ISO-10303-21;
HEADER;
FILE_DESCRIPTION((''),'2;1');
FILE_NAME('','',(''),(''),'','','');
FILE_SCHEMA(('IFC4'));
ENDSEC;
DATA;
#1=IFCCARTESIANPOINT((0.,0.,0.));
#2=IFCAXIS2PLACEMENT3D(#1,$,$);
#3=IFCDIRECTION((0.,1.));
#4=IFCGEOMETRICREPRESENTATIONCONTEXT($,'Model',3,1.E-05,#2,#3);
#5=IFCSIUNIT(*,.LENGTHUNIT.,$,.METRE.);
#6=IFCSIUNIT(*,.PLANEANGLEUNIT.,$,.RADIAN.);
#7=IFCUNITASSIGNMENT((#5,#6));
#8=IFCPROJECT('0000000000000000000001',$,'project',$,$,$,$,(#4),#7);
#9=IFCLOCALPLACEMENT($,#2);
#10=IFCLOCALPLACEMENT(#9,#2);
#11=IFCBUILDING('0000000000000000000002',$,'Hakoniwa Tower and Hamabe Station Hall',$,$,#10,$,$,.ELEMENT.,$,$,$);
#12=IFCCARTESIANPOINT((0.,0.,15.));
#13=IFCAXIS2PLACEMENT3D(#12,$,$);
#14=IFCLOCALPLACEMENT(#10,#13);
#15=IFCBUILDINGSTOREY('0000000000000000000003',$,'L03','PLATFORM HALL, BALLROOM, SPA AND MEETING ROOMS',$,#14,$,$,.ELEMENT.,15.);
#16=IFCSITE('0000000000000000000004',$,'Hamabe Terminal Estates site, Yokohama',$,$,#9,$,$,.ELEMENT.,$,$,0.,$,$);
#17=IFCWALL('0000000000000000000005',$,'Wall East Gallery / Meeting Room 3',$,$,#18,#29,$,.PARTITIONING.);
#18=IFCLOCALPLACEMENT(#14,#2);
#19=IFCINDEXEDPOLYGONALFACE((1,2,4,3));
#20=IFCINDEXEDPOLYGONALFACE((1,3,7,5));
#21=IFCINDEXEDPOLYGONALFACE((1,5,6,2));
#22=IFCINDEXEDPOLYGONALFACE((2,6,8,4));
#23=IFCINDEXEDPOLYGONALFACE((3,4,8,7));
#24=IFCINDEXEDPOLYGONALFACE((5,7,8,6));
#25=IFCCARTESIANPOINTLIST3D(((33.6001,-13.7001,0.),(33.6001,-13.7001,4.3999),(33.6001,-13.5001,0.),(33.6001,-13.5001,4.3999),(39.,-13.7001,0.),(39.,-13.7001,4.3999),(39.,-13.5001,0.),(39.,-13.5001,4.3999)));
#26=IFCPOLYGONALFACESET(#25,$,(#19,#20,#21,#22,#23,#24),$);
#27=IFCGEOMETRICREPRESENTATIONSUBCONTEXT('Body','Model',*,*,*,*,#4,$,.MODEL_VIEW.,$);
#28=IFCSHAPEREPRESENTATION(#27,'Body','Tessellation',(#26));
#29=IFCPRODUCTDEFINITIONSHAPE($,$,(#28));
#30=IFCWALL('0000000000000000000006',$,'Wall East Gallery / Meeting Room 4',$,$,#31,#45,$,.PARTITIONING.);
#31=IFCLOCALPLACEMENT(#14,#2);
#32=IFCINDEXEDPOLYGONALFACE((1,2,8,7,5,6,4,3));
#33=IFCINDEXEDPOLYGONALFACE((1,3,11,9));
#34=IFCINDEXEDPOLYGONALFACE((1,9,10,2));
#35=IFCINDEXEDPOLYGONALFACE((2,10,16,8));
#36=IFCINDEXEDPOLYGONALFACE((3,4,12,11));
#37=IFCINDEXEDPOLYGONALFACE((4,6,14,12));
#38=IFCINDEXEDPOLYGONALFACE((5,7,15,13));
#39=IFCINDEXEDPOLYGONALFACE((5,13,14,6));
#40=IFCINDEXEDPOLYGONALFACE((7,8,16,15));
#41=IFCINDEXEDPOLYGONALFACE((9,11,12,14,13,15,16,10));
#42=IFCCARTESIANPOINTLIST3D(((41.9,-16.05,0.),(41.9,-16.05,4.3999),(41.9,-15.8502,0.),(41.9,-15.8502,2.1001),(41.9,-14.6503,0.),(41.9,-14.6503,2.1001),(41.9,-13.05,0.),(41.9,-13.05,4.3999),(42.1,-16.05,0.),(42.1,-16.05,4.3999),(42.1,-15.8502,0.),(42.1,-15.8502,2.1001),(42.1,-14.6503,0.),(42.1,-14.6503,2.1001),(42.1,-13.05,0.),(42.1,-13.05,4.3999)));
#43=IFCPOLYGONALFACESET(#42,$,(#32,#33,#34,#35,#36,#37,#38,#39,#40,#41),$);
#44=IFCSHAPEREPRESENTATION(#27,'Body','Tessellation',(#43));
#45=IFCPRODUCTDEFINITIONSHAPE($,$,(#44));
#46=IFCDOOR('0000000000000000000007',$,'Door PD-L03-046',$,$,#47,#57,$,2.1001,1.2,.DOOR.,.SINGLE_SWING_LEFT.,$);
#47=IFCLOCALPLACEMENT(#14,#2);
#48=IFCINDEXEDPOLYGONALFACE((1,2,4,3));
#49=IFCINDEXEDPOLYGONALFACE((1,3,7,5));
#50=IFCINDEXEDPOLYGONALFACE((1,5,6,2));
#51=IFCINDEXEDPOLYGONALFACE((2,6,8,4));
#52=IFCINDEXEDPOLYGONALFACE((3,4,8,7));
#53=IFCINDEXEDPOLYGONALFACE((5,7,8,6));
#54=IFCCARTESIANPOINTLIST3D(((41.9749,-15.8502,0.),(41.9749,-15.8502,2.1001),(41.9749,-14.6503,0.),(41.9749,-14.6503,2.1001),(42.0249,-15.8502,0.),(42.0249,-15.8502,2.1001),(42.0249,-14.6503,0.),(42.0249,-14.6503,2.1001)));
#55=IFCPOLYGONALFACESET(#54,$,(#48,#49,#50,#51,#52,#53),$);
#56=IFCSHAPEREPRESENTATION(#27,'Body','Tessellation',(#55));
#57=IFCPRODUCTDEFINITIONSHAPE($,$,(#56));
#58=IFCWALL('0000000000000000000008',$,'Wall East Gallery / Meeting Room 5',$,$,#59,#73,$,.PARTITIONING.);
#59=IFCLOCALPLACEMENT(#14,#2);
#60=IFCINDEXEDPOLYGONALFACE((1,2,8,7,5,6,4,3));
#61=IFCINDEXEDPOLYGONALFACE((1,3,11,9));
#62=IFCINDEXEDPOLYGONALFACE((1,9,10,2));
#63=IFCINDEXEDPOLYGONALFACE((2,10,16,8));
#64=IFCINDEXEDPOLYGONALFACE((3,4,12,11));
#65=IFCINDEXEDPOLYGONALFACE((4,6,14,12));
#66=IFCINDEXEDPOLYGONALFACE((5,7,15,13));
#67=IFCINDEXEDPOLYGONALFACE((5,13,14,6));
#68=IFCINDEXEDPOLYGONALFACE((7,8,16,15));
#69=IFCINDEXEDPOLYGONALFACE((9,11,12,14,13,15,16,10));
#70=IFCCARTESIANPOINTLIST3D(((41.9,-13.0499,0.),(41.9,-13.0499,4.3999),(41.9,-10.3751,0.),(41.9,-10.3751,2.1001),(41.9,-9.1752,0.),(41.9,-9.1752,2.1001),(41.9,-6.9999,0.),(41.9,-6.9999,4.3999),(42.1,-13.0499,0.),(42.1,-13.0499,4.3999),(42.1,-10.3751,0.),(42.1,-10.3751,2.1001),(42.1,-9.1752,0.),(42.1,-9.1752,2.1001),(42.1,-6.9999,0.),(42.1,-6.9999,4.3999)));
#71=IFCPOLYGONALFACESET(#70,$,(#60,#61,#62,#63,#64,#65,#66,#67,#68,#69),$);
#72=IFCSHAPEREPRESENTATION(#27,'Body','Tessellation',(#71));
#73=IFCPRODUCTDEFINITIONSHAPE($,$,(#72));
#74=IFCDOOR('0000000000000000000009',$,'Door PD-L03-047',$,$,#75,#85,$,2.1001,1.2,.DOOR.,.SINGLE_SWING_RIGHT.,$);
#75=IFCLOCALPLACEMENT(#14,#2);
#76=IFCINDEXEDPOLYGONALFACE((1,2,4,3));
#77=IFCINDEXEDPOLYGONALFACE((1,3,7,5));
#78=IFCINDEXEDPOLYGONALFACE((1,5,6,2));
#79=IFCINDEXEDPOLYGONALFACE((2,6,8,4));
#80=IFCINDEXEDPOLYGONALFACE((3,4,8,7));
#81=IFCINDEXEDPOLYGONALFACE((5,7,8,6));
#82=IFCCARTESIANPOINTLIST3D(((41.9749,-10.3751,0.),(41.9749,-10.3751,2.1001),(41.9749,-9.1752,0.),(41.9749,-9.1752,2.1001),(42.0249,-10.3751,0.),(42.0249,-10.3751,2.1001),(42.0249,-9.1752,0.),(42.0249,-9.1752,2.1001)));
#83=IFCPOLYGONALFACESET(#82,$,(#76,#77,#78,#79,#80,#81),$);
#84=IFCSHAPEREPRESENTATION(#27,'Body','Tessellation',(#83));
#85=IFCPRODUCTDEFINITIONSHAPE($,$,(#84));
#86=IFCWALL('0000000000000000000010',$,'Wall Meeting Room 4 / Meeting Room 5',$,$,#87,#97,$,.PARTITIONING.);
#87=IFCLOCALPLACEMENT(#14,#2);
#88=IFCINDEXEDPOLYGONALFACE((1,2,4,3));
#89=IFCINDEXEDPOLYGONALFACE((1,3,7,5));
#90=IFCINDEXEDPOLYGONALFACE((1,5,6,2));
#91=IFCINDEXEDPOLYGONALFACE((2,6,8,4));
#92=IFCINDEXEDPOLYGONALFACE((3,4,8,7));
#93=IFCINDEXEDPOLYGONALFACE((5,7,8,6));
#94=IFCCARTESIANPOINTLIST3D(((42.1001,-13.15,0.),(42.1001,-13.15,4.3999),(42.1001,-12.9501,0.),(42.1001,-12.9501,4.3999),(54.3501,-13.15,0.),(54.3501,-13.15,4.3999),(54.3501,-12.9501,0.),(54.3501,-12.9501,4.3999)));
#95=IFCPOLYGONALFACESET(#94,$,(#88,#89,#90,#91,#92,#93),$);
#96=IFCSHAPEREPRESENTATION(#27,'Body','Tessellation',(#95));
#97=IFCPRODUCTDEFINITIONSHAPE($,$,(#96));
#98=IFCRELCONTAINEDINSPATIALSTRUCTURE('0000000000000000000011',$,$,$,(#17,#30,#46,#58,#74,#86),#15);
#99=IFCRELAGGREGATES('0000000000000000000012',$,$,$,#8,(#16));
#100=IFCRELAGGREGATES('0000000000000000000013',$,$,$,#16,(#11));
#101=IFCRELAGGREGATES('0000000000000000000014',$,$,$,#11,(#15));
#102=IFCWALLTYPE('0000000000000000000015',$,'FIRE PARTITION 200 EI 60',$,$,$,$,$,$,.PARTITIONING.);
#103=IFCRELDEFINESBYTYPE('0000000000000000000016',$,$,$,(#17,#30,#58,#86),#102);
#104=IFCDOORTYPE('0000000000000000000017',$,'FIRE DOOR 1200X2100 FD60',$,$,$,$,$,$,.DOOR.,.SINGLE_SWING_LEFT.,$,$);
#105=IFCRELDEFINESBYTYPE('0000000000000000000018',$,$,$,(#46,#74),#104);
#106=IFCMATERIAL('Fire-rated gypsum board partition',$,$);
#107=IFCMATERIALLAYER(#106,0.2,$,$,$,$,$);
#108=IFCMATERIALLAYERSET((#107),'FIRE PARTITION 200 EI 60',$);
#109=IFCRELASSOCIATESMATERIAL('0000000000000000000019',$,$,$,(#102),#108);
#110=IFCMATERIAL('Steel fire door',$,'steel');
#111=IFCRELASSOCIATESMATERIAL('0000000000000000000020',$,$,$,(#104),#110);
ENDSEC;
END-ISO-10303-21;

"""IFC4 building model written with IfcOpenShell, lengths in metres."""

from ifc_helpers import new_model, si_unit, direction, frame, frame_2d, origin, place, context, subcontext, project, spatial, rectangle, extrude, material, layer, layer_set, type_object, element, fill, save


model = new_model("IFC4")

# Units and contexts
model_context = context("Model", 3, precision=1e-05, world=origin(), true_north=direction((0.0, 1.0)))
body_context = subcontext(model_context, "Body", "Model", "MODEL_VIEW")
ifc_project = project(units=[si_unit("LENGTHUNIT", "METRE"), si_unit("PLANEANGLEUNIT", "RADIAN")], contexts=[model_context])

# Site, building, storey
site_placement = place(None, origin())
site = spatial("IfcSite", under=ifc_project, at=site_placement, Name="Hamabe Terminal Estates site, Yokohama", CompositionType="ELEMENT", RefElevation=0.0)
building_placement = place(site_placement, origin())
building = spatial("IfcBuilding", under=site, at=building_placement, Name="Hakoniwa Tower and Hamabe Station Hall", CompositionType="ELEMENT")
storey_placement = place(building_placement, frame((0.0, 0.0, 15.0)))
storey = spatial("IfcBuildingStorey", under=building, at=storey_placement, Name="L03", Description="PLATFORM HALL, BALLROOM, SPA AND MEETING ROOMS", CompositionType="ELEMENT", Elevation=15.0)

# Shared definitions
ifc_material_1 = material(Name="Fire-rated gypsum board partition")
ifc_layer_1 = layer(ifc_material_1, 0.2)
ifc_layer_set_1 = layer_set([ifc_layer_1], Name="FIRE PARTITION 200 EI 60")
wall_type_1 = type_object("IfcWallType", Name="FIRE PARTITION 200 EI 60", PredefinedType="PARTITIONING", material=ifc_layer_set_1)

# Wall
wall_1_placement = place(storey_placement, frame((39.0, -13.6001, 0.0), z_axis=(0.0, 0.0, 1.0), x_axis=(-1.0, 0.0, 0.0)))
element("IfcWall", 1, at=wall_1_placement, inside=storey, type_object=wall_type_1, Name="Wall East Gallery / Meeting Room 3", PredefinedType="PARTITIONING", context=body_context, shape_type="SweptSolid", body=[
    extrude(rectangle(XDim=5.3999, YDim=0.2, at=frame_2d((2.7, 0.0))), origin(), (0.0, 0.0, 1.0), 4.3999),
])

# Walls, openings, doors
wall_2_placement = place(storey_placement, frame((42.0, -13.05, 0.0), z_axis=(0.0, 0.0, 1.0), x_axis=(0.0, -1.0, 0.0)))
wall_2 = element("IfcWall", 2, at=wall_2_placement, inside=storey, type_object=wall_type_1, Name="Wall East Gallery / Meeting Room 4", PredefinedType="PARTITIONING", context=body_context, shape_type="SweptSolid", body=[
    extrude(rectangle(XDim=3.0, YDim=0.2, at=frame_2d((1.5, 0.0))), origin(), (0.0, 0.0, 1.0), 4.3999),
])
opening_1_placement = place(wall_2_placement, frame((1.6001, 0.0, 0.0)))
opening_1 = element("IfcOpeningElement", 3, at=opening_1_placement, cuts=wall_2, PredefinedType="OPENING", context=body_context, shape_type="SweptSolid", body=[
    extrude(rectangle(XDim=1.2, YDim=2.1001, at=frame_2d((0.6001, 1.05))), frame((0.0, 0.1099, 0.0), z_axis=(0.0, -1.0, 0.0), x_axis=(1.0, 0.0, 0.0)), (0.0, 0.0, 1.0), 0.22),
])
ifc_material_2 = material(Name="Steel fire door", Category="steel")
door_type_1 = type_object("IfcDoorType", Name="FIRE DOOR 1200X2100 FD60", OperationType="SINGLE_SWING_LEFT", PredefinedType="DOOR", material=ifc_material_2)
door_1_placement = place(opening_1_placement, origin())
door_1 = element("IfcDoor", 4, at=door_1_placement, inside=storey, type_object=door_type_1, Name="Door PD-L03-046", OperationType="SINGLE_SWING_LEFT", OverallHeight=2.1001, OverallWidth=1.2, PredefinedType="DOOR", context=body_context, shape_type="SweptSolid", body=[
    extrude(rectangle(XDim=1.2, YDim=2.1001, at=frame_2d((0.6001, 1.05))), frame((0.0, 0.0249, 0.0), z_axis=(0.0, -1.0, 0.0), x_axis=(1.0, 0.0, 0.0)), (0.0, 0.0, 1.0), 0.05),
])
fill(opening_1, door_1)
wall_3_placement = place(storey_placement, frame((42.0, -7.0, 0.0), z_axis=(0.0, 0.0, 1.0), x_axis=(0.0, -1.0, 0.0)))
wall_3 = element("IfcWall", 5, at=wall_3_placement, inside=storey, type_object=wall_type_1, Name="Wall East Gallery / Meeting Room 5", PredefinedType="PARTITIONING", context=body_context, shape_type="SweptSolid", body=[
    extrude(rectangle(XDim=6.05, YDim=0.2, at=frame_2d((3.0249, 0.0))), origin(), (0.0, 0.0, 1.0), 4.3999),
])
opening_2_placement = place(wall_3_placement, frame((2.175, 0.0, 0.0)))
opening_2 = element("IfcOpeningElement", 6, at=opening_2_placement, cuts=wall_3, PredefinedType="OPENING", context=body_context, shape_type="SweptSolid", body=[
    extrude(rectangle(XDim=1.2, YDim=2.1001, at=frame_2d((0.6001, 1.05))), frame((0.0, 0.1099, 0.0), z_axis=(0.0, -1.0, 0.0), x_axis=(1.0, 0.0, 0.0)), (0.0, 0.0, 1.0), 0.22),
])
door_2_placement = place(opening_2_placement, origin())
door_2 = element("IfcDoor", 7, at=door_2_placement, inside=storey, type_object=door_type_1, Name="Door PD-L03-047", OperationType="SINGLE_SWING_RIGHT", OverallHeight=2.1001, OverallWidth=1.2, PredefinedType="DOOR", context=body_context, shape_type="SweptSolid", body=[
    extrude(rectangle(XDim=1.2, YDim=2.1001, at=frame_2d((0.6001, 1.05))), frame((0.0, 0.0249, 0.0), z_axis=(0.0, -1.0, 0.0), x_axis=(1.0, 0.0, 0.0)), (0.0, 0.0, 1.0), 0.05),
])
fill(opening_2, door_2)

# Wall
wall_4_placement = place(storey_placement, frame((42.1001, -13.05, 0.0), z_axis=(0.0, 0.0, 1.0), x_axis=(1.0, 0.0, 0.0)))
element("IfcWall", 8, at=wall_4_placement, inside=storey, type_object=wall_type_1, Name="Wall Meeting Room 4 / Meeting Room 5", PredefinedType="PARTITIONING", context=body_context, shape_type="SweptSolid", body=[
    extrude(rectangle(XDim=12.25, YDim=0.2, at=frame_2d((6.125, 0.0))), origin(), (0.0, 0.0, 1.0), 4.3999),
])

save(model, "model.ifc")
